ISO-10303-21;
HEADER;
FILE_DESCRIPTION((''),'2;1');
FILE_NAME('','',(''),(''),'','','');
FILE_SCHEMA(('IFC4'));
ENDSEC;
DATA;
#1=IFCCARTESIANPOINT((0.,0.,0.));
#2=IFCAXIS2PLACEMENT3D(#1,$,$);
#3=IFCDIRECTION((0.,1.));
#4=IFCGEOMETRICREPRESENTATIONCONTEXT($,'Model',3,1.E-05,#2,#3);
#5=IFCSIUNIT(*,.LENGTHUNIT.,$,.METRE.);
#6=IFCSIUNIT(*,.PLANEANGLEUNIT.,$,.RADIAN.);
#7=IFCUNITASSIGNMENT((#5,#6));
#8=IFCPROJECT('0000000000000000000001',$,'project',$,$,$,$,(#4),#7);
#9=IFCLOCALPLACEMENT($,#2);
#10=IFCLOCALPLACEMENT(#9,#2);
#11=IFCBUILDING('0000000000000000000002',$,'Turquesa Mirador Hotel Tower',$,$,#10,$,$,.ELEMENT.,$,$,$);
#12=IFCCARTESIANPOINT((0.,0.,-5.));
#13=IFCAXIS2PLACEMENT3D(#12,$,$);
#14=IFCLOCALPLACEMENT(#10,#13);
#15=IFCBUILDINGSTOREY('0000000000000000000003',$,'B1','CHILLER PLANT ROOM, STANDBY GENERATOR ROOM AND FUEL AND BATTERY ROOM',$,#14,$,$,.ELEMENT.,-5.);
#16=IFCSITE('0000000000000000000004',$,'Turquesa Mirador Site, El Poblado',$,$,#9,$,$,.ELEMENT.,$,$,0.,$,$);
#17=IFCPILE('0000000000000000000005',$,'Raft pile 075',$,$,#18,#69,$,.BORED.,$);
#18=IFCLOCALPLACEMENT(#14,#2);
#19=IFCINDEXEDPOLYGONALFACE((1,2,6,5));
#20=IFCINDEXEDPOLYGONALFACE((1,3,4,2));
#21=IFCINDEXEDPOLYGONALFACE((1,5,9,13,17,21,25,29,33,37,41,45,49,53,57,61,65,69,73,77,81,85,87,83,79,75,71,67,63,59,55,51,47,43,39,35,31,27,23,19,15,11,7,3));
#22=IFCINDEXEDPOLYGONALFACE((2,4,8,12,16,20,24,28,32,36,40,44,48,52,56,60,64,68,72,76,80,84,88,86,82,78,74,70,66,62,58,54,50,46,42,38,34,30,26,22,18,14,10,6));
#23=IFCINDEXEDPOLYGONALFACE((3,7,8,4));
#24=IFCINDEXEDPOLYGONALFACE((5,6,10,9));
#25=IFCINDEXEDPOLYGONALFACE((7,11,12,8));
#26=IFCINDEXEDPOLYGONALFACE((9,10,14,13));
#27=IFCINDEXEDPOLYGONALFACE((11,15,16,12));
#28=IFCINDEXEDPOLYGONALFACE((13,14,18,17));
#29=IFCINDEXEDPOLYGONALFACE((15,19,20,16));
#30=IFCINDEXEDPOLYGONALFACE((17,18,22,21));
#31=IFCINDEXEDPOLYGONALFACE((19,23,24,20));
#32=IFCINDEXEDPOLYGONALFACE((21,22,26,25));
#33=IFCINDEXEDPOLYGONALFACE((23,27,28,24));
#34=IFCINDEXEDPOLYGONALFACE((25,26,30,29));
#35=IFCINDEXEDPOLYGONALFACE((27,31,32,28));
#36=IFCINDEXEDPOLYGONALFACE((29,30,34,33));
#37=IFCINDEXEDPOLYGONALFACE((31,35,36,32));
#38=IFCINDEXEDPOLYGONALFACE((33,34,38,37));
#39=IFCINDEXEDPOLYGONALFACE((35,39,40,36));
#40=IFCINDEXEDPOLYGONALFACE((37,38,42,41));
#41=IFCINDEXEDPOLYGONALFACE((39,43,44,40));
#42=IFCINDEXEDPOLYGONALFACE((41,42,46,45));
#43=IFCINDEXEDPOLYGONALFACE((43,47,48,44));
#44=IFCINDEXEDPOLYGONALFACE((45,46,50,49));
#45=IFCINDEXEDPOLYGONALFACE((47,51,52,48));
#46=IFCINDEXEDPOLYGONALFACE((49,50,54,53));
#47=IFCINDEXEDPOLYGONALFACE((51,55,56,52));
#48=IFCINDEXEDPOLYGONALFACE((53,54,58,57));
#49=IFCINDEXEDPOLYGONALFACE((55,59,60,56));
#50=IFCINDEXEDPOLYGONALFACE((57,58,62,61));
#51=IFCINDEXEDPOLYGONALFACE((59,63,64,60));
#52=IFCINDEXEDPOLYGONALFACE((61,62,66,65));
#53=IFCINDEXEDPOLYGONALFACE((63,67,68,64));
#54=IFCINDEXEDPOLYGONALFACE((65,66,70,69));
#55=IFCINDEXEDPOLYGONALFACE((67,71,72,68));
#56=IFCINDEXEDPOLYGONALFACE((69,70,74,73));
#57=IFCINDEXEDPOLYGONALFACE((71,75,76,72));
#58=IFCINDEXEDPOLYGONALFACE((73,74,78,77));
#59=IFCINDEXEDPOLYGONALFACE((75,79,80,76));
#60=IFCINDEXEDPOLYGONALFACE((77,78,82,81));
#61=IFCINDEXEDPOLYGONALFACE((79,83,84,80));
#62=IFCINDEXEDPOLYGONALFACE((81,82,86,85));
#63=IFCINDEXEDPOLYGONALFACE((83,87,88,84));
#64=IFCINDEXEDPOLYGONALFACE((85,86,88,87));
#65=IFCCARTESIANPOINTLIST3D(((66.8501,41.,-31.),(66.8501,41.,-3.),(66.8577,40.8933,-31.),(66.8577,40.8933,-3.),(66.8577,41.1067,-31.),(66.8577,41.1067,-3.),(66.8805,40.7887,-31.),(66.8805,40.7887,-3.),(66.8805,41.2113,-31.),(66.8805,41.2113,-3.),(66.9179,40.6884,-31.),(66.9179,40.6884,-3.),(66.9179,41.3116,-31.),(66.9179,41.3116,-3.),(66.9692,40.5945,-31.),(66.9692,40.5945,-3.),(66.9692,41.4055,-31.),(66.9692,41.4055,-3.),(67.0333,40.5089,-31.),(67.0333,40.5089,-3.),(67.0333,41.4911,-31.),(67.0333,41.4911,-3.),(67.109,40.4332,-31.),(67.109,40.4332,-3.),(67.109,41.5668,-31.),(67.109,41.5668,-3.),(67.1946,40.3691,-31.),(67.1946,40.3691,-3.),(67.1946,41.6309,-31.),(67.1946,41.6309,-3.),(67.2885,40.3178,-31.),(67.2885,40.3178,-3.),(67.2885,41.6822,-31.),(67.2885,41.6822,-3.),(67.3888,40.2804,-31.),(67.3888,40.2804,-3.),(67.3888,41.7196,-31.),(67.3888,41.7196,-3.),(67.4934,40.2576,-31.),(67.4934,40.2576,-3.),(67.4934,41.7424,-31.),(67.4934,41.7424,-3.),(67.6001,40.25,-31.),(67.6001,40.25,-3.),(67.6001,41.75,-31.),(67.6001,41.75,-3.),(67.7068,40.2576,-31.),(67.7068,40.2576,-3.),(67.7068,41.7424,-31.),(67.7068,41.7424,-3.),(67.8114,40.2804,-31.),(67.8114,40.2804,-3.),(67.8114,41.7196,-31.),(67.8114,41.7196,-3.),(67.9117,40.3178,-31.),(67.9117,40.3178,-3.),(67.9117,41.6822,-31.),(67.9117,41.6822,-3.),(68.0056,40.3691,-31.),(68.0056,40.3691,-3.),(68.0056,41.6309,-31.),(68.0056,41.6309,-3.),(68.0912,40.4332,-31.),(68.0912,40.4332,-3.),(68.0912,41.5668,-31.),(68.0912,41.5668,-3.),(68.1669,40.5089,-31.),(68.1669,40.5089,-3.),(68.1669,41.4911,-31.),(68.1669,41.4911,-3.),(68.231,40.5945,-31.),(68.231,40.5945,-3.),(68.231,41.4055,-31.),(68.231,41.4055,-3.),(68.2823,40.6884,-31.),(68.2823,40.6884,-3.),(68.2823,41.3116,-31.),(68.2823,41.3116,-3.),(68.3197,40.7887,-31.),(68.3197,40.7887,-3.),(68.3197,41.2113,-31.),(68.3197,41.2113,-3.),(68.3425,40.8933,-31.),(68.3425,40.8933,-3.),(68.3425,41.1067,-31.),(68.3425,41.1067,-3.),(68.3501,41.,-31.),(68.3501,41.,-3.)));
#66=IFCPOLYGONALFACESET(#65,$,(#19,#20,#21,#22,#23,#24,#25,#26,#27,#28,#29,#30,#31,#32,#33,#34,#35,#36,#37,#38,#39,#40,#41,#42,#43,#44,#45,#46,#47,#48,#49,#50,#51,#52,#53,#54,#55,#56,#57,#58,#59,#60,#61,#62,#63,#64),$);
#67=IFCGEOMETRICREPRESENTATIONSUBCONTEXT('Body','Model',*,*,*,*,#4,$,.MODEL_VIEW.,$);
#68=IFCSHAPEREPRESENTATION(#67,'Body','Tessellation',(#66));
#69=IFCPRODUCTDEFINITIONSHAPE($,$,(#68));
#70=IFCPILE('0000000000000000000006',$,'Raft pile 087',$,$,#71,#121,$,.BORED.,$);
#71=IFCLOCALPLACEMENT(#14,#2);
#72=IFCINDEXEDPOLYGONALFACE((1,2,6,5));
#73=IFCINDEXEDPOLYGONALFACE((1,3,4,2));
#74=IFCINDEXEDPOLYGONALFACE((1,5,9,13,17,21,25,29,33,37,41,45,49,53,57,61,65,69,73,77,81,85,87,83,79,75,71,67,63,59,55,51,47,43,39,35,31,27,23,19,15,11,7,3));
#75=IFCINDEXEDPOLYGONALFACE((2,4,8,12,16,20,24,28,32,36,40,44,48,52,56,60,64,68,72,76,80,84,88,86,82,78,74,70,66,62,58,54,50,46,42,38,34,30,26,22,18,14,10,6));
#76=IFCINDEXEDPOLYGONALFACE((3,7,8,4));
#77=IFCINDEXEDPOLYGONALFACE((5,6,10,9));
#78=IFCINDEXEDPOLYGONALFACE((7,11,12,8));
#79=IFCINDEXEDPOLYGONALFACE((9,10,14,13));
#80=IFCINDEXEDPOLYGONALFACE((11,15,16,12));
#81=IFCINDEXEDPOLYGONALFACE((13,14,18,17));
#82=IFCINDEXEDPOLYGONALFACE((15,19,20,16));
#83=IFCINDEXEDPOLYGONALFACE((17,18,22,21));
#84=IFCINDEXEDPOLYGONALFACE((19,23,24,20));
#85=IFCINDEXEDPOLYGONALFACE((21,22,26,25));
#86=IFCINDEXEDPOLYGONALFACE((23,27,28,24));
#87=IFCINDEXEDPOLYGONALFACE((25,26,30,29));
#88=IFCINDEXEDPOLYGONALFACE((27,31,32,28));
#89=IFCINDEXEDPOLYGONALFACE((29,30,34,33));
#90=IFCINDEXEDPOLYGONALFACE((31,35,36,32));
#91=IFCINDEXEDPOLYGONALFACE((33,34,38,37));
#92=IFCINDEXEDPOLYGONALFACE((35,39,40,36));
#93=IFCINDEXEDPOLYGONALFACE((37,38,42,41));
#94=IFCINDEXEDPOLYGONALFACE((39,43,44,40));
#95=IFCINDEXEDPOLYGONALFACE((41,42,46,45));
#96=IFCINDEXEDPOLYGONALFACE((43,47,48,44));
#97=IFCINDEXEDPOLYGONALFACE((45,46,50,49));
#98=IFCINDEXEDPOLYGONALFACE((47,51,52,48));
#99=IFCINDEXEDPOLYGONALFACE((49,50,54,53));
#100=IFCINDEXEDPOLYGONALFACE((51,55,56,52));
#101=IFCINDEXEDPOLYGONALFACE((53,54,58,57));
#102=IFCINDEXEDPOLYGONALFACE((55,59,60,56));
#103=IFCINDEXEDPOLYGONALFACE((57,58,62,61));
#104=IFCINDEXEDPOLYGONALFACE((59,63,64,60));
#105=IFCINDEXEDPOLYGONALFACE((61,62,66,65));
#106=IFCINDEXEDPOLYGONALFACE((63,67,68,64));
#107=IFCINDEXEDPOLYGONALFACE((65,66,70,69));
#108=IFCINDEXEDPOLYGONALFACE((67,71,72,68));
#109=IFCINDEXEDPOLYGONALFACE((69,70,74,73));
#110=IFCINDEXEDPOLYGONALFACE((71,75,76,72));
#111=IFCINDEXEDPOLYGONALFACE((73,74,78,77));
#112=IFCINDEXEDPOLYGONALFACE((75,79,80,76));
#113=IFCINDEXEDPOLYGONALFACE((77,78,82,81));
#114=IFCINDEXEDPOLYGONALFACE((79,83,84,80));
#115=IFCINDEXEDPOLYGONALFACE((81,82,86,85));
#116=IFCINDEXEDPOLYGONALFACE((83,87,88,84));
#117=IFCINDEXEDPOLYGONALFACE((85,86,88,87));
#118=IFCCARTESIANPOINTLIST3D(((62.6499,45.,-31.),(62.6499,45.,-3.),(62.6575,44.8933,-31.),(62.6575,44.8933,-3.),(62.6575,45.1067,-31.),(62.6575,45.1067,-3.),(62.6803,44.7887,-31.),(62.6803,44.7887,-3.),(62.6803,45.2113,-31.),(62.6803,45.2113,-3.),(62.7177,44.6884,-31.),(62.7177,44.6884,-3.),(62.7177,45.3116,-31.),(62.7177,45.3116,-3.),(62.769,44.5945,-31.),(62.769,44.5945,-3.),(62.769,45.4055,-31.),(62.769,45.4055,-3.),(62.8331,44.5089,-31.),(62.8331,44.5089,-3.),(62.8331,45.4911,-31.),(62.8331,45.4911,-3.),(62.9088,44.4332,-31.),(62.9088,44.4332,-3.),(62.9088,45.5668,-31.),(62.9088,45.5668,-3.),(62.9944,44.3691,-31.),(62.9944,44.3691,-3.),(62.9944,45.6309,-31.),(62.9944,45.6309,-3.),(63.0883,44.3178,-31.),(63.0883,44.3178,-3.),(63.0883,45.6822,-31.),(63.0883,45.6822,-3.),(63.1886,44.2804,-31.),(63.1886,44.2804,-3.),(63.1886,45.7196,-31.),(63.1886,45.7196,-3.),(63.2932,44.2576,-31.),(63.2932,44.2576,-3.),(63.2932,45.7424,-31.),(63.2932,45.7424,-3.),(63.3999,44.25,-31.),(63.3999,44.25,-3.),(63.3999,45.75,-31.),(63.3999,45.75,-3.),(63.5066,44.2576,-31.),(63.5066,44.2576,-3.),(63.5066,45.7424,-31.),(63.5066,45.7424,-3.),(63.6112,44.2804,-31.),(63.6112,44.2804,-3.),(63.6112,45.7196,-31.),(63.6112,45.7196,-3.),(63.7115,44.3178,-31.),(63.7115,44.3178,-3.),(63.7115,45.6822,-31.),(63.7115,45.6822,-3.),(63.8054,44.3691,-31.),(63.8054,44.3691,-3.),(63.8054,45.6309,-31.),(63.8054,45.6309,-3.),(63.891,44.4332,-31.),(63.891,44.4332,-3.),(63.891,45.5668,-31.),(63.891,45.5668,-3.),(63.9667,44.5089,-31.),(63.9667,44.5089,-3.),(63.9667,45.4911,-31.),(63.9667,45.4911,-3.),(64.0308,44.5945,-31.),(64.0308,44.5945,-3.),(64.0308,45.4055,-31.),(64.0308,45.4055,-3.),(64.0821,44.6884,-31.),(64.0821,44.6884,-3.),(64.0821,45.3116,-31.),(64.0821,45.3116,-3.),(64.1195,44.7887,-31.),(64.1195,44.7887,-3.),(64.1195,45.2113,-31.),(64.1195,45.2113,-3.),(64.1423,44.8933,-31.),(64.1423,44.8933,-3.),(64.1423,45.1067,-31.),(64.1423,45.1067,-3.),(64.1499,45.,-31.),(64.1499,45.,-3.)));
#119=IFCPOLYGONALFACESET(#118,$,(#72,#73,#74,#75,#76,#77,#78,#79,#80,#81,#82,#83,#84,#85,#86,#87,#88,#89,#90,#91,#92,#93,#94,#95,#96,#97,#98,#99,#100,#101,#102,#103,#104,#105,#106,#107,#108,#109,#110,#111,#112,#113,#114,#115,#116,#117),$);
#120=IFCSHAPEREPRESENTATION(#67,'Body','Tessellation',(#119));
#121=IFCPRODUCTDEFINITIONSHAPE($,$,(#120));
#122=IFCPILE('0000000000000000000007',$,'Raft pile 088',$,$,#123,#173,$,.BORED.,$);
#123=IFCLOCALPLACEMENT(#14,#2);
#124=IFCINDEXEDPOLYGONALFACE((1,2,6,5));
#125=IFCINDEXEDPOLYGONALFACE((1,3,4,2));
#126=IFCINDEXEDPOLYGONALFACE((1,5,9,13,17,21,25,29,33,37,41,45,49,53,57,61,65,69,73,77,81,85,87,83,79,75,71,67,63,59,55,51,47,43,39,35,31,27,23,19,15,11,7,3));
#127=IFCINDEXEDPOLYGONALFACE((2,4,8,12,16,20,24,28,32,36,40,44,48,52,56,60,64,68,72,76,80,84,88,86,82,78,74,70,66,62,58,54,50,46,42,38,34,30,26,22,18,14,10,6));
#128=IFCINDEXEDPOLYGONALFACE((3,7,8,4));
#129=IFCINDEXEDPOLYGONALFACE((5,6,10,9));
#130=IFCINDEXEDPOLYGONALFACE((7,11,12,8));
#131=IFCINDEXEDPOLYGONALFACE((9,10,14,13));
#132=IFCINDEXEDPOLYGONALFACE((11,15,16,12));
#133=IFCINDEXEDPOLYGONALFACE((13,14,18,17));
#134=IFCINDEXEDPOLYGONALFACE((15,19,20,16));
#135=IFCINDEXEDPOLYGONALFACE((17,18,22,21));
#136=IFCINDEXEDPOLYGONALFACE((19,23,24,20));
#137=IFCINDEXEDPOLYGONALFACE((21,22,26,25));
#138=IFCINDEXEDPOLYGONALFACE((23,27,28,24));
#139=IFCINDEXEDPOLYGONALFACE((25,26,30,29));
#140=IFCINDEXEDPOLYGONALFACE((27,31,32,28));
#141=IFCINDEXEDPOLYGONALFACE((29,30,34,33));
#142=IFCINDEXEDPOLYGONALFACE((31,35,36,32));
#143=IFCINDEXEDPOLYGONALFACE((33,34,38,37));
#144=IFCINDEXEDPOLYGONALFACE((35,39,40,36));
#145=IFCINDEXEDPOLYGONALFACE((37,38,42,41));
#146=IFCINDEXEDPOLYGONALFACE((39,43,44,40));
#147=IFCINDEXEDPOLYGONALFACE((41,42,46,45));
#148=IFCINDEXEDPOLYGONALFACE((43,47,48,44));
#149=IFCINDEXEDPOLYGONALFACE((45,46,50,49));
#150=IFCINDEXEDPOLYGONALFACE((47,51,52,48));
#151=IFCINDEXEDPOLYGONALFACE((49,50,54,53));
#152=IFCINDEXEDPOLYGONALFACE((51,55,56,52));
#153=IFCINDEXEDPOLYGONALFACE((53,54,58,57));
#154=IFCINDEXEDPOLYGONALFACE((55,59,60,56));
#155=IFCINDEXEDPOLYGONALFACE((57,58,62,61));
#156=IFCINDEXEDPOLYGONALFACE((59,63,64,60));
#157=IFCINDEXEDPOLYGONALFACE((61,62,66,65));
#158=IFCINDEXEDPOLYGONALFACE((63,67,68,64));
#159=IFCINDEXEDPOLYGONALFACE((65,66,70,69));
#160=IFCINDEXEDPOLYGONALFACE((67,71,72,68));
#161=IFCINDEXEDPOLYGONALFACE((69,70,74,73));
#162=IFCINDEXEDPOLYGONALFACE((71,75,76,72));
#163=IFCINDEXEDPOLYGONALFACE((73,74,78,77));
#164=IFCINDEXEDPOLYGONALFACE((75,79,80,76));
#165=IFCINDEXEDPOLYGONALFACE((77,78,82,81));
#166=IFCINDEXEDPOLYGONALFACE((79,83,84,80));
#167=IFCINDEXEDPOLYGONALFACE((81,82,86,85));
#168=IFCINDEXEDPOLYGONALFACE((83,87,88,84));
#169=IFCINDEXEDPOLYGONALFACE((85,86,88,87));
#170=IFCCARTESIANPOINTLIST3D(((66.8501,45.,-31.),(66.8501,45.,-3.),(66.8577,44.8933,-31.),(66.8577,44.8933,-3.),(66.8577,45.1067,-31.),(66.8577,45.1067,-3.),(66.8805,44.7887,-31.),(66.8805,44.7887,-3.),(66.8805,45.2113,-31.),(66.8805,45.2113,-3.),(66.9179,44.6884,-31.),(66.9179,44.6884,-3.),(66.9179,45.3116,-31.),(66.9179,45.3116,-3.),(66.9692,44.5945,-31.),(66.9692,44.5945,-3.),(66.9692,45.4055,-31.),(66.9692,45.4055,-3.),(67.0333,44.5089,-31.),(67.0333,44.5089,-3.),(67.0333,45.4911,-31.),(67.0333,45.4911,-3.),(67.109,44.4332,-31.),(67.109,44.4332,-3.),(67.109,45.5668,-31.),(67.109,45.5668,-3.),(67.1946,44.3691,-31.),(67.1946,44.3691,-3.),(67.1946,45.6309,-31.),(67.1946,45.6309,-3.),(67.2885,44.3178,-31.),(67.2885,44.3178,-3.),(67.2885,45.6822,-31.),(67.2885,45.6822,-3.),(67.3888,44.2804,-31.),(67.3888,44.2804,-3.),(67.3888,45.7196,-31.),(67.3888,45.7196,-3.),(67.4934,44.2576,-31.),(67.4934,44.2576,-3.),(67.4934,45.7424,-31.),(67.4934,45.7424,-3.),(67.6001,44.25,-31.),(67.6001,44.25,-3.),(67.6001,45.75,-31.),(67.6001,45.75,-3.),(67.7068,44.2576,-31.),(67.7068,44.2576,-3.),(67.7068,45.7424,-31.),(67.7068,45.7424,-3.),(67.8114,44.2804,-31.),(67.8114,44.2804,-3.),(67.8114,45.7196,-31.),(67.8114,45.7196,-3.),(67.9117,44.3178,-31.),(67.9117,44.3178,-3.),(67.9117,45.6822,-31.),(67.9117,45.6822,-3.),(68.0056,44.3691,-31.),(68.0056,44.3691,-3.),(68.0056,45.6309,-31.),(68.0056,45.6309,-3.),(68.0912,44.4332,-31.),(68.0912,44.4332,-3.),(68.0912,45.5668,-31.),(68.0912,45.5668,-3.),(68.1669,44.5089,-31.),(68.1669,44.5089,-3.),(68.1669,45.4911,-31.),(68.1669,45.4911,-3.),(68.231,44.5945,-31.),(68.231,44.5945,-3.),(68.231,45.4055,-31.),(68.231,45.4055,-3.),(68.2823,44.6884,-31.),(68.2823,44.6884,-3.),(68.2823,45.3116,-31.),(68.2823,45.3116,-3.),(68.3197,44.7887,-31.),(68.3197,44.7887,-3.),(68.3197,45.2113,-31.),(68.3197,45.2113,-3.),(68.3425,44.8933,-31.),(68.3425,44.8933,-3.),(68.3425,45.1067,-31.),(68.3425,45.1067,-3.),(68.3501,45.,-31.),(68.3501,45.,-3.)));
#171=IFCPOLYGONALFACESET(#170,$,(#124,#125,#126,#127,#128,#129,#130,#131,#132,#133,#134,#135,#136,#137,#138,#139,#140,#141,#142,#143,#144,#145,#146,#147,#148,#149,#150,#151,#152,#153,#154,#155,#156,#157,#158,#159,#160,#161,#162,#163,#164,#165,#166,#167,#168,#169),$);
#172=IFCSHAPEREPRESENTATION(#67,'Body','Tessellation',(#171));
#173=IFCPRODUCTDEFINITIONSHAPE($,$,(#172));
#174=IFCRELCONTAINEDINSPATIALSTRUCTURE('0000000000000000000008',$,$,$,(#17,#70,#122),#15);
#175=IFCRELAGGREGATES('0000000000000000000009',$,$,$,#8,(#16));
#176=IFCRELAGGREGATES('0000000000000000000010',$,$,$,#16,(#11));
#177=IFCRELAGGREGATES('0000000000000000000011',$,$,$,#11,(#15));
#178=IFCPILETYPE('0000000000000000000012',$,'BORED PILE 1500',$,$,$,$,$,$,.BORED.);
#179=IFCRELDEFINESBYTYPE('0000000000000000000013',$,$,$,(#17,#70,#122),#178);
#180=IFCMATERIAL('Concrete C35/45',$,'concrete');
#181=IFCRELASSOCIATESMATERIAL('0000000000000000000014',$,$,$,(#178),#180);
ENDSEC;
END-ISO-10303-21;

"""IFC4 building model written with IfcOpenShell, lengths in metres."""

from ifc_helpers import new_model, si_unit, direction, frame, origin, origin_2d, place, context, subcontext, project, spatial, circle, extrude, material, type_object, element, save


model = new_model("IFC4")

# Units and contexts
model_context = context("Model", 3, precision=1e-05, world=origin(), true_north=direction((0.0, 1.0)))
body_context = subcontext(model_context, "Body", "Model", "MODEL_VIEW")
ifc_project = project(units=[si_unit("LENGTHUNIT", "METRE"), si_unit("PLANEANGLEUNIT", "RADIAN")], contexts=[model_context])

# Site, building, storey
site_placement = place(None, origin())
site = spatial("IfcSite", under=ifc_project, at=site_placement, Name="Turquesa Mirador Site, El Poblado", CompositionType="ELEMENT", RefElevation=0.0)
building_placement = place(site_placement, origin())
building = spatial("IfcBuilding", under=site, at=building_placement, Name="Turquesa Mirador Hotel Tower", CompositionType="ELEMENT")
storey_placement = place(building_placement, frame((0.0, 0.0, -5.0)))
storey = spatial("IfcBuildingStorey", under=building, at=storey_placement, Name="B1", Description="CHILLER PLANT ROOM, STANDBY GENERATOR ROOM AND FUEL AND BATTERY ROOM", CompositionType="ELEMENT", Elevation=-5.0)

# Piles
ifc_material_1 = material(Name="Concrete C35/45", Category="concrete")
pile_type = type_object("IfcPileType", Name="BORED PILE 1500", PredefinedType="BORED", material=ifc_material_1)
for number, where, z_axis, x_axis, name in (
    (1, (67.6001, 41.0, -3.0), (0.0, 0.0, -1.0), (1.0, 0.0, 0.0), "Raft pile 075"),
    (2, (63.3999, 45.0, -3.0), (0.0, 0.0, -1.0), (1.0, 0.0, 0.0), "Raft pile 087"),
    (3, (67.6001, 45.0, -3.0), (0.0, 0.0, -1.0), (1.0, 0.0, 0.0), "Raft pile 088"),
):
    element("IfcPile", number, at=place(storey_placement, frame(where, z_axis=z_axis, x_axis=x_axis)), inside=storey, type_object=pile_type, Name=name, PredefinedType="BORED", context=body_context, shape_type="SweptSolid", body=[
        extrude(circle(Radius=0.75, at=origin_2d()), origin(), (0.0, 0.0, 1.0), 28.0),
    ])

save(model, "model.ifc")
